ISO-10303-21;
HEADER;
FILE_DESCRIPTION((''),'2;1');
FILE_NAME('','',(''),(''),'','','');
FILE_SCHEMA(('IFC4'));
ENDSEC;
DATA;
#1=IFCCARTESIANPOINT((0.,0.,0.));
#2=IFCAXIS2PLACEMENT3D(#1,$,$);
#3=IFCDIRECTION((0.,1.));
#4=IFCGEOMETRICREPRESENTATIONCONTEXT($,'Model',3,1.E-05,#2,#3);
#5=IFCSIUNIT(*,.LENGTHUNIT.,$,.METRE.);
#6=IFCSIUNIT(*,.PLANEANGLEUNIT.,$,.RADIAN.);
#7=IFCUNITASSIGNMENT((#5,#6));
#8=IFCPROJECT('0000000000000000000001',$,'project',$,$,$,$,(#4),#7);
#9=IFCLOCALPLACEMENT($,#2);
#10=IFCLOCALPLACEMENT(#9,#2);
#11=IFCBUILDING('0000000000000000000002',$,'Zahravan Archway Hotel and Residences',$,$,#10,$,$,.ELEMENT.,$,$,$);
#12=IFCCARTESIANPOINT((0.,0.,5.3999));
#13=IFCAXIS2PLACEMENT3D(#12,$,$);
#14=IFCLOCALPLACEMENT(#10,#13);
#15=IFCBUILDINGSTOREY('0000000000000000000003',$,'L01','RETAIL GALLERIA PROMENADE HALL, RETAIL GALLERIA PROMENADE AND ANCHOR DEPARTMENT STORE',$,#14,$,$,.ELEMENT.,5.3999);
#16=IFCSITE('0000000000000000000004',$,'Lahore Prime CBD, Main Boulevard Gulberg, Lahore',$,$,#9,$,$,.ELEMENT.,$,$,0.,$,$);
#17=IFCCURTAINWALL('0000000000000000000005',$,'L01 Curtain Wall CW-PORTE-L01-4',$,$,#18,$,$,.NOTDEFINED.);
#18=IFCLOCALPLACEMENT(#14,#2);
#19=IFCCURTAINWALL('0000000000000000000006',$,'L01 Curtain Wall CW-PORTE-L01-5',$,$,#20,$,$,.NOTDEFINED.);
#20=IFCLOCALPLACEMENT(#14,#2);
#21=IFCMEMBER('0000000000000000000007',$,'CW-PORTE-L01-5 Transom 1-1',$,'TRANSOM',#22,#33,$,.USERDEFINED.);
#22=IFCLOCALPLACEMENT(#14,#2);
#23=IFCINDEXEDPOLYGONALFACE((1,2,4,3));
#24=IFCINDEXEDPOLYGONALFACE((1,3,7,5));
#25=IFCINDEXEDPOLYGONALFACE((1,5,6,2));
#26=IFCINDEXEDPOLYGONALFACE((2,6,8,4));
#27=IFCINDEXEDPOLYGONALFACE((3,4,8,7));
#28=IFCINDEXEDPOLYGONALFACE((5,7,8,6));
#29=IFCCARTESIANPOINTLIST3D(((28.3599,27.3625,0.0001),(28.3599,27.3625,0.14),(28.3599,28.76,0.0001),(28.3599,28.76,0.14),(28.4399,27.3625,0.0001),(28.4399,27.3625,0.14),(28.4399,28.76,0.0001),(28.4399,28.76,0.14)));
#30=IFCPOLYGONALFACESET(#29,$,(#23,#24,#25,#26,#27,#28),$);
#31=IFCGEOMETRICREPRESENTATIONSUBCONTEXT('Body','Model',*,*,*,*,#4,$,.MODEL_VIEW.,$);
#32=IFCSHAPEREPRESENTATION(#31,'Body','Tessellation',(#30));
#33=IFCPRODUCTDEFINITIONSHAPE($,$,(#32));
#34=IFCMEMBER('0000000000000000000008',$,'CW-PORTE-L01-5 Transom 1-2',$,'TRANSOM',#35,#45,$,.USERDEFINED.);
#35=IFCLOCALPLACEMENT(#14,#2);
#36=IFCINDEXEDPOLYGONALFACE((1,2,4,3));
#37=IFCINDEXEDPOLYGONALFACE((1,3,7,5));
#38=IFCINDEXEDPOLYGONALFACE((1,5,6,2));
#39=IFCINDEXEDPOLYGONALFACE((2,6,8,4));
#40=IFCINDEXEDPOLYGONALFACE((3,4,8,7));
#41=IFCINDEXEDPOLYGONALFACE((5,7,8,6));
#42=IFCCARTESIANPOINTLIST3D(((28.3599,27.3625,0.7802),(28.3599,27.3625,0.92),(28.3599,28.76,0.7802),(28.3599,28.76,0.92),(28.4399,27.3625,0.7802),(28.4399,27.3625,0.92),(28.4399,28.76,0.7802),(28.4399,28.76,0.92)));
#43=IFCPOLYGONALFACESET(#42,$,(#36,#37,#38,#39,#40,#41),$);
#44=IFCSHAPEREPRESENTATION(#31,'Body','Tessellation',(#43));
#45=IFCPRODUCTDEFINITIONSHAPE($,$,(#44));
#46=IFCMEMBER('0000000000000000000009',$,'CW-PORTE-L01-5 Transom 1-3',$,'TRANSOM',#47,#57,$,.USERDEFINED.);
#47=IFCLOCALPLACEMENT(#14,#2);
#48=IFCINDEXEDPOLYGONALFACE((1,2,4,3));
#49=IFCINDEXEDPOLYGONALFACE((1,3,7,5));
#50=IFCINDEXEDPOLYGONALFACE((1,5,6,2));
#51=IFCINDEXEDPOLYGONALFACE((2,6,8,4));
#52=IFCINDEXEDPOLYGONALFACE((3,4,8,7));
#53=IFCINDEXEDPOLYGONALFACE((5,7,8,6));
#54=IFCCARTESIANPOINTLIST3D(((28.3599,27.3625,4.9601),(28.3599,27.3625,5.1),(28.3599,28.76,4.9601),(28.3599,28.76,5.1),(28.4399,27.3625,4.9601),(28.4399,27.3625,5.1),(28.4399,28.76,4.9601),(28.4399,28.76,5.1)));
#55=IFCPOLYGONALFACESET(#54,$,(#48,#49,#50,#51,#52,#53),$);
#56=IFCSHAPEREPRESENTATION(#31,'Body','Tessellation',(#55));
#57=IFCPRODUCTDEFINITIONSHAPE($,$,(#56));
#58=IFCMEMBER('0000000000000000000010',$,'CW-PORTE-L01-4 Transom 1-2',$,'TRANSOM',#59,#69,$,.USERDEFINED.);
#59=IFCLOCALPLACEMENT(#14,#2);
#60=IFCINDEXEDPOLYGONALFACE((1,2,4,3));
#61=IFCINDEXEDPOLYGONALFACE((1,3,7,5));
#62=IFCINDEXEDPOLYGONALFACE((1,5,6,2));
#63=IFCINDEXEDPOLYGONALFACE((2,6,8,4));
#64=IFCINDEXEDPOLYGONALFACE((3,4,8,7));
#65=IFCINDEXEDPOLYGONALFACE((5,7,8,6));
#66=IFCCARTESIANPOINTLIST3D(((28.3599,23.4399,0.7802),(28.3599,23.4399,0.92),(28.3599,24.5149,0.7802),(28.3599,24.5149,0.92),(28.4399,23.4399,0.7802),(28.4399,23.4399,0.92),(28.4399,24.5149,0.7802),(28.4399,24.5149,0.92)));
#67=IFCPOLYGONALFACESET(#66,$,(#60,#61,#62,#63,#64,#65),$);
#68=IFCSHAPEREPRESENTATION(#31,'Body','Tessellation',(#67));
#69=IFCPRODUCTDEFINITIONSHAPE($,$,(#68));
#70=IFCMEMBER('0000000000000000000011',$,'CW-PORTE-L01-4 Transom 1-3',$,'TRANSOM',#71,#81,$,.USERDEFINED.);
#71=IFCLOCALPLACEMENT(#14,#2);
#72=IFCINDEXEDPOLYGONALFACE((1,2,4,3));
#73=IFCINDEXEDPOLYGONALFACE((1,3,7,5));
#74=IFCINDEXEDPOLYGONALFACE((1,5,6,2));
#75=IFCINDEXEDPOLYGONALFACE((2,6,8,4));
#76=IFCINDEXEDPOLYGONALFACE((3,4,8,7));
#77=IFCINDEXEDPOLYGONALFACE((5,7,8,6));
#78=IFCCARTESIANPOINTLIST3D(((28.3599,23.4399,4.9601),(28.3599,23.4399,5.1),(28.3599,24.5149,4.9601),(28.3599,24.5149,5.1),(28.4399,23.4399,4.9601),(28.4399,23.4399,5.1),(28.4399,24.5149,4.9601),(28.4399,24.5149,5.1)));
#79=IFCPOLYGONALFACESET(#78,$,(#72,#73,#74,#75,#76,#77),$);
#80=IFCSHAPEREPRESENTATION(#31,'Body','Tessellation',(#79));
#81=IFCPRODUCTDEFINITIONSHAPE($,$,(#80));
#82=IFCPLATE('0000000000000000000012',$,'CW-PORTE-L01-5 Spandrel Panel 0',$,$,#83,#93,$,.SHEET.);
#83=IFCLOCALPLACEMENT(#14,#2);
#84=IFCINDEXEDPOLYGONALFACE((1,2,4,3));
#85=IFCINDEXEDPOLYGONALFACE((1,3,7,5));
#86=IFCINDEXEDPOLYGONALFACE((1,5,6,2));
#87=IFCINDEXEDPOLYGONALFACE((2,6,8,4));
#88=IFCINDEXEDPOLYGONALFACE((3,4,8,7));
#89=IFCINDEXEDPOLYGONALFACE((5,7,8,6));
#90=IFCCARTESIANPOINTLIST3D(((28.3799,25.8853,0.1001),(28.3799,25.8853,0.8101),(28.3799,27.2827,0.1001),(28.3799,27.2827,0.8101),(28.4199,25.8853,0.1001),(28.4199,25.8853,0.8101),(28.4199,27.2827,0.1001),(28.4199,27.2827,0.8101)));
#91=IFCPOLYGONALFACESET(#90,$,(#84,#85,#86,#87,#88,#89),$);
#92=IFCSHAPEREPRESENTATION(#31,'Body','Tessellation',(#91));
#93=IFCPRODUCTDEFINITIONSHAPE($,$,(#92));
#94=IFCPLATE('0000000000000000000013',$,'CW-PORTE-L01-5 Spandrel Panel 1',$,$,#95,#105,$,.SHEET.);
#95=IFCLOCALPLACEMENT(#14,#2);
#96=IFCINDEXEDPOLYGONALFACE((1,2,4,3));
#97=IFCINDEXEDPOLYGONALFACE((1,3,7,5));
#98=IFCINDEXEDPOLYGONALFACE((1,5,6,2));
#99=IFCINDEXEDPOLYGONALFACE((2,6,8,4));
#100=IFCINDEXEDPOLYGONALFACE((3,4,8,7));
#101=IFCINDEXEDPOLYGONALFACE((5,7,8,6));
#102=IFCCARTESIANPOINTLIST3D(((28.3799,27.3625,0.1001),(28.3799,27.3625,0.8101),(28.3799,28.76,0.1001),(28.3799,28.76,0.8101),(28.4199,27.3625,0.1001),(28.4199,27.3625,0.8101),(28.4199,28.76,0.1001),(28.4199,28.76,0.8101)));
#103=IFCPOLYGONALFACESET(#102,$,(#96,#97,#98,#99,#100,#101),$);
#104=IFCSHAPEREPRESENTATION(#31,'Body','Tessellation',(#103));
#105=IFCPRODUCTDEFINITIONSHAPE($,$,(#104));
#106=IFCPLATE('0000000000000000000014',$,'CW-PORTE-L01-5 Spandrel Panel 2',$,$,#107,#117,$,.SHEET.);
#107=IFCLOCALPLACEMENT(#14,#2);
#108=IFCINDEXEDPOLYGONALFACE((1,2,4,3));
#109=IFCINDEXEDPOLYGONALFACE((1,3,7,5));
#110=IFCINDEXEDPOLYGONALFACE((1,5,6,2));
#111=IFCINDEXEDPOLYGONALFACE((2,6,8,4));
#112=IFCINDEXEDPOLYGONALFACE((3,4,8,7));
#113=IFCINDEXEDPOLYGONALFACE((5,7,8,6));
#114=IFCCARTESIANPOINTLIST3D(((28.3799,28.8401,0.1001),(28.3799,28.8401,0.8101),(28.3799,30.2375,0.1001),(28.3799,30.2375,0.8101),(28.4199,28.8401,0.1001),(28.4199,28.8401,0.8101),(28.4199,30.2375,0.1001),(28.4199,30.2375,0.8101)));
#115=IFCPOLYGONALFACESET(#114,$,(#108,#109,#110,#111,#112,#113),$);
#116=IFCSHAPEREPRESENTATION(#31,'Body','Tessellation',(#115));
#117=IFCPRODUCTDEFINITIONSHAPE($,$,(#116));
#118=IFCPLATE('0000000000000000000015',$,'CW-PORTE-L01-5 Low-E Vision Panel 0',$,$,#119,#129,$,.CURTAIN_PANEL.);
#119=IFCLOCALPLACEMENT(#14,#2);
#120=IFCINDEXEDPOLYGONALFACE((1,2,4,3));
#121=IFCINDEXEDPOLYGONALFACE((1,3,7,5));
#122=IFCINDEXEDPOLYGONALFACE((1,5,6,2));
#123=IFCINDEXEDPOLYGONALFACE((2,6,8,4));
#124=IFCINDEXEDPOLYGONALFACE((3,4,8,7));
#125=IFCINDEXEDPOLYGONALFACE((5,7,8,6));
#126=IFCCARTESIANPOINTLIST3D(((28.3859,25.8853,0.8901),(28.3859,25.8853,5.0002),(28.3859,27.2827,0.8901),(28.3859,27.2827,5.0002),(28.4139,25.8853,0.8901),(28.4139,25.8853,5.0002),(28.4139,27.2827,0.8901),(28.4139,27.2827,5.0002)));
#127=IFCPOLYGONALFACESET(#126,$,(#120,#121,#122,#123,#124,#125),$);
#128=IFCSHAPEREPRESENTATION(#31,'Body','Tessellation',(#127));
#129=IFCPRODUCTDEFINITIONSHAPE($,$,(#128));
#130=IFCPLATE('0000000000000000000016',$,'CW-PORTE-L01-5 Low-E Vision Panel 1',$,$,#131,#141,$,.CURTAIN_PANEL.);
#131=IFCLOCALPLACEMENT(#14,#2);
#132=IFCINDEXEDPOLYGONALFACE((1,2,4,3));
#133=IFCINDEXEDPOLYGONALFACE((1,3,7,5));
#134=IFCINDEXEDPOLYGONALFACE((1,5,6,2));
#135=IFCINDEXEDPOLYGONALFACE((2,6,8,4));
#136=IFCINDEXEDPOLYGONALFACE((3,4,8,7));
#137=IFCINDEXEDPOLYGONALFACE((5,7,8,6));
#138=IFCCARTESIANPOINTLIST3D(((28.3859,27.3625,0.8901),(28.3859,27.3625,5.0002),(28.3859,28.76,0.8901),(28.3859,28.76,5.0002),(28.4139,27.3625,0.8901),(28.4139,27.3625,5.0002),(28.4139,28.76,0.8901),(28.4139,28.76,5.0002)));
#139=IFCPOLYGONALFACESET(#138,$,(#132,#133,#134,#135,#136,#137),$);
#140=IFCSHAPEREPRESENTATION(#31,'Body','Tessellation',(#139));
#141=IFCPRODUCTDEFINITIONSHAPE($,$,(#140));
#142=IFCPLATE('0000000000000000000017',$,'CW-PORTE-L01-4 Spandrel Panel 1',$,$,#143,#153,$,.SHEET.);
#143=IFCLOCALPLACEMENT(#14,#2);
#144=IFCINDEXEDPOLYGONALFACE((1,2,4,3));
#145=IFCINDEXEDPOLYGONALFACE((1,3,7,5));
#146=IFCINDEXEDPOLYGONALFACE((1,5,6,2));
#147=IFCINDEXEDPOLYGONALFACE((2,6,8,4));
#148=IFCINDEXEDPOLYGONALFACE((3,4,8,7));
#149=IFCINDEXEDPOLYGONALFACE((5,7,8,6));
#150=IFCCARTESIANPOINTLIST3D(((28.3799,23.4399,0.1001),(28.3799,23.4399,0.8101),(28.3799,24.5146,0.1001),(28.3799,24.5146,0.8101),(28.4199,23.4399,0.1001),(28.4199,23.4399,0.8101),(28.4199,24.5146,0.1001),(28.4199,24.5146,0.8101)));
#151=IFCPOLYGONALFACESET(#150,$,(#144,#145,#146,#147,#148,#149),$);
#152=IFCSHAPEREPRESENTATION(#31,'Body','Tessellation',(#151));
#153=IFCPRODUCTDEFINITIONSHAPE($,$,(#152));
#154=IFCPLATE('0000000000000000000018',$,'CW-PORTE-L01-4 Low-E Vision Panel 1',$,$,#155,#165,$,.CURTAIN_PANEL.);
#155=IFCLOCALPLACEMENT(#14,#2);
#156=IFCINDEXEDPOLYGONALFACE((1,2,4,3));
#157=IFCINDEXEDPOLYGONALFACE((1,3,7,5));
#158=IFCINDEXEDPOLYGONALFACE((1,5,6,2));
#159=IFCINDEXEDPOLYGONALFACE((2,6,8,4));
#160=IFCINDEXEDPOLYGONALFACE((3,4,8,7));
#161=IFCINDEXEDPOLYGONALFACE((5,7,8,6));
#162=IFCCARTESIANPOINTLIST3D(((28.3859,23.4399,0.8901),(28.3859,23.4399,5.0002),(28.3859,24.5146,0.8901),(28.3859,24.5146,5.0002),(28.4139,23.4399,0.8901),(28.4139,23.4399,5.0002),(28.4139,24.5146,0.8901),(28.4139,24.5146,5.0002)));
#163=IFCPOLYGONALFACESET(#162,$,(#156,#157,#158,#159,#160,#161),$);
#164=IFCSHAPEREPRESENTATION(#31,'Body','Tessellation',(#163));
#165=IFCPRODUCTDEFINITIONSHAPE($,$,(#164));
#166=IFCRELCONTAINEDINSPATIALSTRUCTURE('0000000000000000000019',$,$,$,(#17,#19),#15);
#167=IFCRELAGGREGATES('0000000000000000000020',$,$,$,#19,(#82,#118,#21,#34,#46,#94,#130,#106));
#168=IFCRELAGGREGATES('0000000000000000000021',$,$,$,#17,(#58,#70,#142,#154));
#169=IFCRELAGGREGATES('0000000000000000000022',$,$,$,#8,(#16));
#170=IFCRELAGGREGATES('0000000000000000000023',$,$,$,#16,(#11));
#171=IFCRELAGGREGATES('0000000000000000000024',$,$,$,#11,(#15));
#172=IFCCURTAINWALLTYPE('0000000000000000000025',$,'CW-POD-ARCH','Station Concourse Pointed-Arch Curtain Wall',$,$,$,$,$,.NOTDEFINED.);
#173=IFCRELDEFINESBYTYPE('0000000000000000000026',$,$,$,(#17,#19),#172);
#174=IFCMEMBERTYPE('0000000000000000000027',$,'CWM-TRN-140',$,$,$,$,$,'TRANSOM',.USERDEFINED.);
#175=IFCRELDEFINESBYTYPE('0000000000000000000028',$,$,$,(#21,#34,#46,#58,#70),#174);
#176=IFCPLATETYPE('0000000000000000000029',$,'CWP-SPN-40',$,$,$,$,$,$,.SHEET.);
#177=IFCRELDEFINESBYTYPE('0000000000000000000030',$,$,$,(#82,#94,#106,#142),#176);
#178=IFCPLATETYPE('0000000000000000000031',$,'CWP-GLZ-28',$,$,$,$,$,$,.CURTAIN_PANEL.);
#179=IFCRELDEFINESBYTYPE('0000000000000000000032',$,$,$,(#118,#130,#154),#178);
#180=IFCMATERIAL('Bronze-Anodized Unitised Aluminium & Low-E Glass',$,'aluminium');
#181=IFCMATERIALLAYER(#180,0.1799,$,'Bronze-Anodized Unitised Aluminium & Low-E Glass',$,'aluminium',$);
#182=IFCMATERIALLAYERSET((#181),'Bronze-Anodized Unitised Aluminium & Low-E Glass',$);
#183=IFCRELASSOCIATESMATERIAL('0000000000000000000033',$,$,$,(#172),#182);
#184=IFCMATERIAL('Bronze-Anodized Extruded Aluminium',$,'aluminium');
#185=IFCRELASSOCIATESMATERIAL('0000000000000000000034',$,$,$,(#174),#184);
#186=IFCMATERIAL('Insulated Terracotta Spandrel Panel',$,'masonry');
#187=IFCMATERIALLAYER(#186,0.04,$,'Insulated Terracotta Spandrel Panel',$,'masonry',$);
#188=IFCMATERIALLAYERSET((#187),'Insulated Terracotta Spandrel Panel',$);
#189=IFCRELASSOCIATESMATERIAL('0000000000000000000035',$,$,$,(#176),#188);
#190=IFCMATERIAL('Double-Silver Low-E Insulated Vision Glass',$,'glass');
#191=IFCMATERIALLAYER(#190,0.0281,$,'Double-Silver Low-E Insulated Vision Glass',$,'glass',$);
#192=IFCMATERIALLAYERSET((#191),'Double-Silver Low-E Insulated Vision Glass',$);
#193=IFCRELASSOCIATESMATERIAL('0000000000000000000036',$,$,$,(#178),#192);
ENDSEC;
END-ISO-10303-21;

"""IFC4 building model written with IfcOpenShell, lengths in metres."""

from ifc_helpers import new_model, si_unit, direction, frame, origin, origin_2d, place, context, subcontext, project, spatial, rectangle, extrude, source, transform, mapped, material, layer, layer_set, material_profile, profile_set, type_object, element, aggregate, save


model = new_model("IFC4")

# Units and contexts
model_context = context("Model", 3, precision=1e-05, world=origin(), true_north=direction((0.0, 1.0)))
body_context = subcontext(model_context, "Body", "Model", "MODEL_VIEW")
ifc_project = project(units=[si_unit("LENGTHUNIT", "METRE"), si_unit("PLANEANGLEUNIT", "RADIAN")], contexts=[model_context])

# Site, building, storey
site_placement = place(None, origin())
site = spatial("IfcSite", under=ifc_project, at=site_placement, Name="Lahore Prime CBD, Main Boulevard Gulberg, Lahore", CompositionType="ELEMENT", RefElevation=0.0)
building_placement = place(site_placement, origin())
building = spatial("IfcBuilding", under=site, at=building_placement, Name="Zahravan Archway Hotel and Residences", CompositionType="ELEMENT")
storey_placement = place(building_placement, frame((0.0, 0.0, 5.3999)))
storey = spatial("IfcBuildingStorey", under=building, at=storey_placement, Name="L01", Description="RETAIL GALLERIA PROMENADE HALL, RETAIL GALLERIA PROMENADE AND ANCHOR DEPARTMENT STORE", CompositionType="ELEMENT", Elevation=5.3999)

# Curtain wall
ifc_material_1 = material(Name="Bronze-Anodized Unitised Aluminium & Low-E Glass", Category="aluminium")
ifc_layer_1 = layer(ifc_material_1, 0.1799, Name="Bronze-Anodized Unitised Aluminium & Low-E Glass", Category="aluminium")
ifc_layer_set_1 = layer_set([ifc_layer_1], Name="Bronze-Anodized Unitised Aluminium & Low-E Glass")
curtain_wall_type = type_object("IfcCurtainWallType", Name="CW-POD-ARCH", Description="Station Concourse Pointed-Arch Curtain Wall", PredefinedType="NOTDEFINED", material=ifc_layer_set_1)
curtain_wall_1_placement = place(storey_placement, origin())
curtain_wall_1 = element("IfcCurtainWall", 1, at=curtain_wall_1_placement, inside=storey, type_object=curtain_wall_type, Name="L01 Curtain Wall CW-PORTE-L01-4", PredefinedType="NOTDEFINED")
ifc_material_2 = material(Name="Bronze-Anodized Extruded Aluminium", Category="aluminium")

# Curtain wall, members
curtain_wall_2_placement = place(storey_placement, origin())
curtain_wall_2 = element("IfcCurtainWall", 2, at=curtain_wall_2_placement, inside=storey, type_object=curtain_wall_type, Name="L01 Curtain Wall CW-PORTE-L01-5", PredefinedType="NOTDEFINED")
ifc_material_profile_1 = material_profile(ifc_material_2, rectangle(XDim=0.0801, YDim=0.1399, at=origin_2d()), Name="TRN 80x140", Category="aluminium")
ifc_profile_set_1 = profile_set([ifc_material_profile_1], Name="Bronze-Anodized Extruded Aluminium")
member_type_1 = type_object("IfcMemberType", Name="CWM-TRN-140", ElementType="TRANSOM", PredefinedType="USERDEFINED", material=ifc_profile_set_1)
shared_shape_1 = source(origin(), body_context, "Body", "SweptSolid", [
    extrude(rectangle(XDim=0.0801, YDim=0.1399, at=origin_2d()), origin(), (0.0, 0.0, 1.0), 1.3975),
])
member_1_placement = place(storey_placement, frame((28.3999, 27.3625, 0.0701), z_axis=(0.0, 1.0, 0.0), x_axis=(-1.0, 0.0, 0.0)))
member_1 = element("IfcMember", 3, at=member_1_placement, type_object=member_type_1, Name="CW-PORTE-L01-5 Transom 1-1", ObjectType="TRANSOM", PredefinedType="USERDEFINED", context=body_context, shape_type="MappedRepresentation", body=[
    mapped(shared_shape_1, transform((0.0, 0.0, 0.0), scale=1.0)),
])
member_2_placement = place(storey_placement, frame((28.3999, 27.3625, 0.8501), z_axis=(0.0, 1.0, 0.0), x_axis=(-1.0, 0.0, 0.0)))
member_2 = element("IfcMember", 4, at=member_2_placement, type_object=member_type_1, Name="CW-PORTE-L01-5 Transom 1-2", ObjectType="TRANSOM", PredefinedType="USERDEFINED", context=body_context, shape_type="MappedRepresentation", body=[
    mapped(shared_shape_1, transform((0.0, 0.0, 0.0), scale=1.0)),
])
member_3_placement = place(storey_placement, frame((28.3999, 27.3625, 5.03), z_axis=(0.0, 1.0, 0.0), x_axis=(-1.0, 0.0, 0.0)))
member_3 = element("IfcMember", 5, at=member_3_placement, type_object=member_type_1, Name="CW-PORTE-L01-5 Transom 1-3", ObjectType="TRANSOM", PredefinedType="USERDEFINED", context=body_context, shape_type="MappedRepresentation", body=[
    mapped(shared_shape_1, transform((0.0, 0.0, 0.0), scale=1.0)),
])

# Members
shared_shape_2 = source(origin(), body_context, "Body", "SweptSolid", [
    extrude(rectangle(XDim=0.0801, YDim=0.1399, at=origin_2d()), origin(), (0.0, 0.0, 1.0), 1.075),
])
member_4_placement = place(storey_placement, frame((28.3999, 23.4399, 0.8501), z_axis=(0.0, 1.0, 0.0), x_axis=(-1.0, 0.0, 0.0)))
member_4 = element("IfcMember", 6, at=member_4_placement, type_object=member_type_1, Name="CW-PORTE-L01-4 Transom 1-2", ObjectType="TRANSOM", PredefinedType="USERDEFINED", context=body_context, shape_type="MappedRepresentation", body=[
    mapped(shared_shape_2, transform((0.0, 0.0, 0.0), scale=1.0)),
])
member_5_placement = place(storey_placement, frame((28.3999, 23.4399, 5.03), z_axis=(0.0, 1.0, 0.0), x_axis=(-1.0, 0.0, 0.0)))
member_5 = element("IfcMember", 7, at=member_5_placement, type_object=member_type_1, Name="CW-PORTE-L01-4 Transom 1-3", ObjectType="TRANSOM", PredefinedType="USERDEFINED", context=body_context, shape_type="MappedRepresentation", body=[
    mapped(shared_shape_2, transform((0.0, 0.0, 0.0), scale=1.0)),
])

# Plates
ifc_material_3 = material(Name="Insulated Terracotta Spandrel Panel", Category="masonry")
ifc_layer_2 = layer(ifc_material_3, 0.04, Name="Insulated Terracotta Spandrel Panel", Category="masonry")
ifc_layer_set_2 = layer_set([ifc_layer_2], Name="Insulated Terracotta Spandrel Panel")
plate_type_1 = type_object("IfcPlateType", Name="CWP-SPN-40", PredefinedType="SHEET", material=ifc_layer_set_2)
shared_shape_3 = source(origin(), body_context, "Body", "SweptSolid", [
    extrude(rectangle(XDim=1.3975, YDim=0.04, at=origin_2d()), origin(), (0.0, 0.0, 1.0), 0.71),
])
plate_1_placement = place(storey_placement, frame((28.3999, 26.584, 0.1001), z_axis=(0.0, 0.0, 1.0), x_axis=(0.0, 1.0, 0.0)))
plate_1 = element("IfcPlate", 8, at=plate_1_placement, type_object=plate_type_1, Name="CW-PORTE-L01-5 Spandrel Panel 0", PredefinedType="SHEET", context=body_context, shape_type="MappedRepresentation", body=[
    mapped(shared_shape_3, transform((0.0, 0.0, 0.0), scale=1.0)),
])
plate_2_placement = place(storey_placement, frame((28.3999, 28.0613, 0.1001), z_axis=(0.0, 0.0, 1.0), x_axis=(0.0, 1.0, 0.0)))
plate_2 = element("IfcPlate", 9, at=plate_2_placement, type_object=plate_type_1, Name="CW-PORTE-L01-5 Spandrel Panel 1", PredefinedType="SHEET", context=body_context, shape_type="MappedRepresentation", body=[
    mapped(shared_shape_3, transform((0.0, 0.0, 0.0), scale=1.0)),
])
plate_3_placement = place(storey_placement, frame((28.3999, 29.5388, 0.1001), z_axis=(0.0, 0.0, 1.0), x_axis=(0.0, 1.0, 0.0)))
plate_3 = element("IfcPlate", 10, at=plate_3_placement, type_object=plate_type_1, Name="CW-PORTE-L01-5 Spandrel Panel 2", PredefinedType="SHEET", context=body_context, shape_type="MappedRepresentation", body=[
    mapped(shared_shape_3, transform((0.0, 0.0, 0.0), scale=1.0)),
])
ifc_material_4 = material(Name="Double-Silver Low-E Insulated Vision Glass", Category="glass")
ifc_layer_3 = layer(ifc_material_4, 0.0281, Name="Double-Silver Low-E Insulated Vision Glass", Category="glass")
ifc_layer_set_3 = layer_set([ifc_layer_3], Name="Double-Silver Low-E Insulated Vision Glass")
plate_type_2 = type_object("IfcPlateType", Name="CWP-GLZ-28", PredefinedType="CURTAIN_PANEL", material=ifc_layer_set_3)
shared_shape_4 = source(origin(), body_context, "Body", "SweptSolid", [
    extrude(rectangle(XDim=1.3975, YDim=0.0281, at=origin_2d()), origin(), (0.0, 0.0, 1.0), 4.1101),
])
plate_4_placement = place(storey_placement, frame((28.3999, 26.584, 0.8901), z_axis=(0.0, 0.0, 1.0), x_axis=(0.0, 1.0, 0.0)))
plate_4 = element("IfcPlate", 11, at=plate_4_placement, type_object=plate_type_2, Name="CW-PORTE-L01-5 Low-E Vision Panel 0", PredefinedType="CURTAIN_PANEL", context=body_context, shape_type="MappedRepresentation", body=[
    mapped(shared_shape_4, transform((0.0, 0.0, 0.0), scale=1.0)),
])
plate_5_placement = place(storey_placement, frame((28.3999, 28.0613, 0.8901), z_axis=(0.0, 0.0, 1.0), x_axis=(0.0, 1.0, 0.0)))
plate_5 = element("IfcPlate", 12, at=plate_5_placement, type_object=plate_type_2, Name="CW-PORTE-L01-5 Low-E Vision Panel 1", PredefinedType="CURTAIN_PANEL", context=body_context, shape_type="MappedRepresentation", body=[
    mapped(shared_shape_4, transform((0.0, 0.0, 0.0), scale=1.0)),
])
aggregate(curtain_wall_2, [plate_1, plate_4, member_1, member_2, member_3, plate_2, plate_5, plate_3])
shared_shape_5 = source(origin(), body_context, "Body", "SweptSolid", [
    extrude(rectangle(XDim=1.0747, YDim=0.04, at=origin_2d()), origin(), (0.0, 0.0, 1.0), 0.71),
])
plate_6_placement = place(storey_placement, frame((28.3999, 23.9773, 0.1001), z_axis=(0.0, 0.0, 1.0), x_axis=(0.0, 1.0, 0.0)))
plate_6 = element("IfcPlate", 13, at=plate_6_placement, type_object=plate_type_1, Name="CW-PORTE-L01-4 Spandrel Panel 1", PredefinedType="SHEET", context=body_context, shape_type="MappedRepresentation", body=[
    mapped(shared_shape_5, transform((0.0, 0.0, 0.0), scale=1.0)),
])
shared_shape_6 = source(origin(), body_context, "Body", "SweptSolid", [
    extrude(rectangle(XDim=1.0747, YDim=0.0281, at=origin_2d()), origin(), (0.0, 0.0, 1.0), 4.1101),
])
plate_7_placement = place(storey_placement, frame((28.3999, 23.9773, 0.8901), z_axis=(0.0, 0.0, 1.0), x_axis=(0.0, 1.0, 0.0)))
plate_7 = element("IfcPlate", 14, at=plate_7_placement, type_object=plate_type_2, Name="CW-PORTE-L01-4 Low-E Vision Panel 1", PredefinedType="CURTAIN_PANEL", context=body_context, shape_type="MappedRepresentation", body=[
    mapped(shared_shape_6, transform((0.0, 0.0, 0.0), scale=1.0)),
])
aggregate(curtain_wall_1, [member_4, member_5, plate_6, plate_7])

save(model, "model.ifc")
